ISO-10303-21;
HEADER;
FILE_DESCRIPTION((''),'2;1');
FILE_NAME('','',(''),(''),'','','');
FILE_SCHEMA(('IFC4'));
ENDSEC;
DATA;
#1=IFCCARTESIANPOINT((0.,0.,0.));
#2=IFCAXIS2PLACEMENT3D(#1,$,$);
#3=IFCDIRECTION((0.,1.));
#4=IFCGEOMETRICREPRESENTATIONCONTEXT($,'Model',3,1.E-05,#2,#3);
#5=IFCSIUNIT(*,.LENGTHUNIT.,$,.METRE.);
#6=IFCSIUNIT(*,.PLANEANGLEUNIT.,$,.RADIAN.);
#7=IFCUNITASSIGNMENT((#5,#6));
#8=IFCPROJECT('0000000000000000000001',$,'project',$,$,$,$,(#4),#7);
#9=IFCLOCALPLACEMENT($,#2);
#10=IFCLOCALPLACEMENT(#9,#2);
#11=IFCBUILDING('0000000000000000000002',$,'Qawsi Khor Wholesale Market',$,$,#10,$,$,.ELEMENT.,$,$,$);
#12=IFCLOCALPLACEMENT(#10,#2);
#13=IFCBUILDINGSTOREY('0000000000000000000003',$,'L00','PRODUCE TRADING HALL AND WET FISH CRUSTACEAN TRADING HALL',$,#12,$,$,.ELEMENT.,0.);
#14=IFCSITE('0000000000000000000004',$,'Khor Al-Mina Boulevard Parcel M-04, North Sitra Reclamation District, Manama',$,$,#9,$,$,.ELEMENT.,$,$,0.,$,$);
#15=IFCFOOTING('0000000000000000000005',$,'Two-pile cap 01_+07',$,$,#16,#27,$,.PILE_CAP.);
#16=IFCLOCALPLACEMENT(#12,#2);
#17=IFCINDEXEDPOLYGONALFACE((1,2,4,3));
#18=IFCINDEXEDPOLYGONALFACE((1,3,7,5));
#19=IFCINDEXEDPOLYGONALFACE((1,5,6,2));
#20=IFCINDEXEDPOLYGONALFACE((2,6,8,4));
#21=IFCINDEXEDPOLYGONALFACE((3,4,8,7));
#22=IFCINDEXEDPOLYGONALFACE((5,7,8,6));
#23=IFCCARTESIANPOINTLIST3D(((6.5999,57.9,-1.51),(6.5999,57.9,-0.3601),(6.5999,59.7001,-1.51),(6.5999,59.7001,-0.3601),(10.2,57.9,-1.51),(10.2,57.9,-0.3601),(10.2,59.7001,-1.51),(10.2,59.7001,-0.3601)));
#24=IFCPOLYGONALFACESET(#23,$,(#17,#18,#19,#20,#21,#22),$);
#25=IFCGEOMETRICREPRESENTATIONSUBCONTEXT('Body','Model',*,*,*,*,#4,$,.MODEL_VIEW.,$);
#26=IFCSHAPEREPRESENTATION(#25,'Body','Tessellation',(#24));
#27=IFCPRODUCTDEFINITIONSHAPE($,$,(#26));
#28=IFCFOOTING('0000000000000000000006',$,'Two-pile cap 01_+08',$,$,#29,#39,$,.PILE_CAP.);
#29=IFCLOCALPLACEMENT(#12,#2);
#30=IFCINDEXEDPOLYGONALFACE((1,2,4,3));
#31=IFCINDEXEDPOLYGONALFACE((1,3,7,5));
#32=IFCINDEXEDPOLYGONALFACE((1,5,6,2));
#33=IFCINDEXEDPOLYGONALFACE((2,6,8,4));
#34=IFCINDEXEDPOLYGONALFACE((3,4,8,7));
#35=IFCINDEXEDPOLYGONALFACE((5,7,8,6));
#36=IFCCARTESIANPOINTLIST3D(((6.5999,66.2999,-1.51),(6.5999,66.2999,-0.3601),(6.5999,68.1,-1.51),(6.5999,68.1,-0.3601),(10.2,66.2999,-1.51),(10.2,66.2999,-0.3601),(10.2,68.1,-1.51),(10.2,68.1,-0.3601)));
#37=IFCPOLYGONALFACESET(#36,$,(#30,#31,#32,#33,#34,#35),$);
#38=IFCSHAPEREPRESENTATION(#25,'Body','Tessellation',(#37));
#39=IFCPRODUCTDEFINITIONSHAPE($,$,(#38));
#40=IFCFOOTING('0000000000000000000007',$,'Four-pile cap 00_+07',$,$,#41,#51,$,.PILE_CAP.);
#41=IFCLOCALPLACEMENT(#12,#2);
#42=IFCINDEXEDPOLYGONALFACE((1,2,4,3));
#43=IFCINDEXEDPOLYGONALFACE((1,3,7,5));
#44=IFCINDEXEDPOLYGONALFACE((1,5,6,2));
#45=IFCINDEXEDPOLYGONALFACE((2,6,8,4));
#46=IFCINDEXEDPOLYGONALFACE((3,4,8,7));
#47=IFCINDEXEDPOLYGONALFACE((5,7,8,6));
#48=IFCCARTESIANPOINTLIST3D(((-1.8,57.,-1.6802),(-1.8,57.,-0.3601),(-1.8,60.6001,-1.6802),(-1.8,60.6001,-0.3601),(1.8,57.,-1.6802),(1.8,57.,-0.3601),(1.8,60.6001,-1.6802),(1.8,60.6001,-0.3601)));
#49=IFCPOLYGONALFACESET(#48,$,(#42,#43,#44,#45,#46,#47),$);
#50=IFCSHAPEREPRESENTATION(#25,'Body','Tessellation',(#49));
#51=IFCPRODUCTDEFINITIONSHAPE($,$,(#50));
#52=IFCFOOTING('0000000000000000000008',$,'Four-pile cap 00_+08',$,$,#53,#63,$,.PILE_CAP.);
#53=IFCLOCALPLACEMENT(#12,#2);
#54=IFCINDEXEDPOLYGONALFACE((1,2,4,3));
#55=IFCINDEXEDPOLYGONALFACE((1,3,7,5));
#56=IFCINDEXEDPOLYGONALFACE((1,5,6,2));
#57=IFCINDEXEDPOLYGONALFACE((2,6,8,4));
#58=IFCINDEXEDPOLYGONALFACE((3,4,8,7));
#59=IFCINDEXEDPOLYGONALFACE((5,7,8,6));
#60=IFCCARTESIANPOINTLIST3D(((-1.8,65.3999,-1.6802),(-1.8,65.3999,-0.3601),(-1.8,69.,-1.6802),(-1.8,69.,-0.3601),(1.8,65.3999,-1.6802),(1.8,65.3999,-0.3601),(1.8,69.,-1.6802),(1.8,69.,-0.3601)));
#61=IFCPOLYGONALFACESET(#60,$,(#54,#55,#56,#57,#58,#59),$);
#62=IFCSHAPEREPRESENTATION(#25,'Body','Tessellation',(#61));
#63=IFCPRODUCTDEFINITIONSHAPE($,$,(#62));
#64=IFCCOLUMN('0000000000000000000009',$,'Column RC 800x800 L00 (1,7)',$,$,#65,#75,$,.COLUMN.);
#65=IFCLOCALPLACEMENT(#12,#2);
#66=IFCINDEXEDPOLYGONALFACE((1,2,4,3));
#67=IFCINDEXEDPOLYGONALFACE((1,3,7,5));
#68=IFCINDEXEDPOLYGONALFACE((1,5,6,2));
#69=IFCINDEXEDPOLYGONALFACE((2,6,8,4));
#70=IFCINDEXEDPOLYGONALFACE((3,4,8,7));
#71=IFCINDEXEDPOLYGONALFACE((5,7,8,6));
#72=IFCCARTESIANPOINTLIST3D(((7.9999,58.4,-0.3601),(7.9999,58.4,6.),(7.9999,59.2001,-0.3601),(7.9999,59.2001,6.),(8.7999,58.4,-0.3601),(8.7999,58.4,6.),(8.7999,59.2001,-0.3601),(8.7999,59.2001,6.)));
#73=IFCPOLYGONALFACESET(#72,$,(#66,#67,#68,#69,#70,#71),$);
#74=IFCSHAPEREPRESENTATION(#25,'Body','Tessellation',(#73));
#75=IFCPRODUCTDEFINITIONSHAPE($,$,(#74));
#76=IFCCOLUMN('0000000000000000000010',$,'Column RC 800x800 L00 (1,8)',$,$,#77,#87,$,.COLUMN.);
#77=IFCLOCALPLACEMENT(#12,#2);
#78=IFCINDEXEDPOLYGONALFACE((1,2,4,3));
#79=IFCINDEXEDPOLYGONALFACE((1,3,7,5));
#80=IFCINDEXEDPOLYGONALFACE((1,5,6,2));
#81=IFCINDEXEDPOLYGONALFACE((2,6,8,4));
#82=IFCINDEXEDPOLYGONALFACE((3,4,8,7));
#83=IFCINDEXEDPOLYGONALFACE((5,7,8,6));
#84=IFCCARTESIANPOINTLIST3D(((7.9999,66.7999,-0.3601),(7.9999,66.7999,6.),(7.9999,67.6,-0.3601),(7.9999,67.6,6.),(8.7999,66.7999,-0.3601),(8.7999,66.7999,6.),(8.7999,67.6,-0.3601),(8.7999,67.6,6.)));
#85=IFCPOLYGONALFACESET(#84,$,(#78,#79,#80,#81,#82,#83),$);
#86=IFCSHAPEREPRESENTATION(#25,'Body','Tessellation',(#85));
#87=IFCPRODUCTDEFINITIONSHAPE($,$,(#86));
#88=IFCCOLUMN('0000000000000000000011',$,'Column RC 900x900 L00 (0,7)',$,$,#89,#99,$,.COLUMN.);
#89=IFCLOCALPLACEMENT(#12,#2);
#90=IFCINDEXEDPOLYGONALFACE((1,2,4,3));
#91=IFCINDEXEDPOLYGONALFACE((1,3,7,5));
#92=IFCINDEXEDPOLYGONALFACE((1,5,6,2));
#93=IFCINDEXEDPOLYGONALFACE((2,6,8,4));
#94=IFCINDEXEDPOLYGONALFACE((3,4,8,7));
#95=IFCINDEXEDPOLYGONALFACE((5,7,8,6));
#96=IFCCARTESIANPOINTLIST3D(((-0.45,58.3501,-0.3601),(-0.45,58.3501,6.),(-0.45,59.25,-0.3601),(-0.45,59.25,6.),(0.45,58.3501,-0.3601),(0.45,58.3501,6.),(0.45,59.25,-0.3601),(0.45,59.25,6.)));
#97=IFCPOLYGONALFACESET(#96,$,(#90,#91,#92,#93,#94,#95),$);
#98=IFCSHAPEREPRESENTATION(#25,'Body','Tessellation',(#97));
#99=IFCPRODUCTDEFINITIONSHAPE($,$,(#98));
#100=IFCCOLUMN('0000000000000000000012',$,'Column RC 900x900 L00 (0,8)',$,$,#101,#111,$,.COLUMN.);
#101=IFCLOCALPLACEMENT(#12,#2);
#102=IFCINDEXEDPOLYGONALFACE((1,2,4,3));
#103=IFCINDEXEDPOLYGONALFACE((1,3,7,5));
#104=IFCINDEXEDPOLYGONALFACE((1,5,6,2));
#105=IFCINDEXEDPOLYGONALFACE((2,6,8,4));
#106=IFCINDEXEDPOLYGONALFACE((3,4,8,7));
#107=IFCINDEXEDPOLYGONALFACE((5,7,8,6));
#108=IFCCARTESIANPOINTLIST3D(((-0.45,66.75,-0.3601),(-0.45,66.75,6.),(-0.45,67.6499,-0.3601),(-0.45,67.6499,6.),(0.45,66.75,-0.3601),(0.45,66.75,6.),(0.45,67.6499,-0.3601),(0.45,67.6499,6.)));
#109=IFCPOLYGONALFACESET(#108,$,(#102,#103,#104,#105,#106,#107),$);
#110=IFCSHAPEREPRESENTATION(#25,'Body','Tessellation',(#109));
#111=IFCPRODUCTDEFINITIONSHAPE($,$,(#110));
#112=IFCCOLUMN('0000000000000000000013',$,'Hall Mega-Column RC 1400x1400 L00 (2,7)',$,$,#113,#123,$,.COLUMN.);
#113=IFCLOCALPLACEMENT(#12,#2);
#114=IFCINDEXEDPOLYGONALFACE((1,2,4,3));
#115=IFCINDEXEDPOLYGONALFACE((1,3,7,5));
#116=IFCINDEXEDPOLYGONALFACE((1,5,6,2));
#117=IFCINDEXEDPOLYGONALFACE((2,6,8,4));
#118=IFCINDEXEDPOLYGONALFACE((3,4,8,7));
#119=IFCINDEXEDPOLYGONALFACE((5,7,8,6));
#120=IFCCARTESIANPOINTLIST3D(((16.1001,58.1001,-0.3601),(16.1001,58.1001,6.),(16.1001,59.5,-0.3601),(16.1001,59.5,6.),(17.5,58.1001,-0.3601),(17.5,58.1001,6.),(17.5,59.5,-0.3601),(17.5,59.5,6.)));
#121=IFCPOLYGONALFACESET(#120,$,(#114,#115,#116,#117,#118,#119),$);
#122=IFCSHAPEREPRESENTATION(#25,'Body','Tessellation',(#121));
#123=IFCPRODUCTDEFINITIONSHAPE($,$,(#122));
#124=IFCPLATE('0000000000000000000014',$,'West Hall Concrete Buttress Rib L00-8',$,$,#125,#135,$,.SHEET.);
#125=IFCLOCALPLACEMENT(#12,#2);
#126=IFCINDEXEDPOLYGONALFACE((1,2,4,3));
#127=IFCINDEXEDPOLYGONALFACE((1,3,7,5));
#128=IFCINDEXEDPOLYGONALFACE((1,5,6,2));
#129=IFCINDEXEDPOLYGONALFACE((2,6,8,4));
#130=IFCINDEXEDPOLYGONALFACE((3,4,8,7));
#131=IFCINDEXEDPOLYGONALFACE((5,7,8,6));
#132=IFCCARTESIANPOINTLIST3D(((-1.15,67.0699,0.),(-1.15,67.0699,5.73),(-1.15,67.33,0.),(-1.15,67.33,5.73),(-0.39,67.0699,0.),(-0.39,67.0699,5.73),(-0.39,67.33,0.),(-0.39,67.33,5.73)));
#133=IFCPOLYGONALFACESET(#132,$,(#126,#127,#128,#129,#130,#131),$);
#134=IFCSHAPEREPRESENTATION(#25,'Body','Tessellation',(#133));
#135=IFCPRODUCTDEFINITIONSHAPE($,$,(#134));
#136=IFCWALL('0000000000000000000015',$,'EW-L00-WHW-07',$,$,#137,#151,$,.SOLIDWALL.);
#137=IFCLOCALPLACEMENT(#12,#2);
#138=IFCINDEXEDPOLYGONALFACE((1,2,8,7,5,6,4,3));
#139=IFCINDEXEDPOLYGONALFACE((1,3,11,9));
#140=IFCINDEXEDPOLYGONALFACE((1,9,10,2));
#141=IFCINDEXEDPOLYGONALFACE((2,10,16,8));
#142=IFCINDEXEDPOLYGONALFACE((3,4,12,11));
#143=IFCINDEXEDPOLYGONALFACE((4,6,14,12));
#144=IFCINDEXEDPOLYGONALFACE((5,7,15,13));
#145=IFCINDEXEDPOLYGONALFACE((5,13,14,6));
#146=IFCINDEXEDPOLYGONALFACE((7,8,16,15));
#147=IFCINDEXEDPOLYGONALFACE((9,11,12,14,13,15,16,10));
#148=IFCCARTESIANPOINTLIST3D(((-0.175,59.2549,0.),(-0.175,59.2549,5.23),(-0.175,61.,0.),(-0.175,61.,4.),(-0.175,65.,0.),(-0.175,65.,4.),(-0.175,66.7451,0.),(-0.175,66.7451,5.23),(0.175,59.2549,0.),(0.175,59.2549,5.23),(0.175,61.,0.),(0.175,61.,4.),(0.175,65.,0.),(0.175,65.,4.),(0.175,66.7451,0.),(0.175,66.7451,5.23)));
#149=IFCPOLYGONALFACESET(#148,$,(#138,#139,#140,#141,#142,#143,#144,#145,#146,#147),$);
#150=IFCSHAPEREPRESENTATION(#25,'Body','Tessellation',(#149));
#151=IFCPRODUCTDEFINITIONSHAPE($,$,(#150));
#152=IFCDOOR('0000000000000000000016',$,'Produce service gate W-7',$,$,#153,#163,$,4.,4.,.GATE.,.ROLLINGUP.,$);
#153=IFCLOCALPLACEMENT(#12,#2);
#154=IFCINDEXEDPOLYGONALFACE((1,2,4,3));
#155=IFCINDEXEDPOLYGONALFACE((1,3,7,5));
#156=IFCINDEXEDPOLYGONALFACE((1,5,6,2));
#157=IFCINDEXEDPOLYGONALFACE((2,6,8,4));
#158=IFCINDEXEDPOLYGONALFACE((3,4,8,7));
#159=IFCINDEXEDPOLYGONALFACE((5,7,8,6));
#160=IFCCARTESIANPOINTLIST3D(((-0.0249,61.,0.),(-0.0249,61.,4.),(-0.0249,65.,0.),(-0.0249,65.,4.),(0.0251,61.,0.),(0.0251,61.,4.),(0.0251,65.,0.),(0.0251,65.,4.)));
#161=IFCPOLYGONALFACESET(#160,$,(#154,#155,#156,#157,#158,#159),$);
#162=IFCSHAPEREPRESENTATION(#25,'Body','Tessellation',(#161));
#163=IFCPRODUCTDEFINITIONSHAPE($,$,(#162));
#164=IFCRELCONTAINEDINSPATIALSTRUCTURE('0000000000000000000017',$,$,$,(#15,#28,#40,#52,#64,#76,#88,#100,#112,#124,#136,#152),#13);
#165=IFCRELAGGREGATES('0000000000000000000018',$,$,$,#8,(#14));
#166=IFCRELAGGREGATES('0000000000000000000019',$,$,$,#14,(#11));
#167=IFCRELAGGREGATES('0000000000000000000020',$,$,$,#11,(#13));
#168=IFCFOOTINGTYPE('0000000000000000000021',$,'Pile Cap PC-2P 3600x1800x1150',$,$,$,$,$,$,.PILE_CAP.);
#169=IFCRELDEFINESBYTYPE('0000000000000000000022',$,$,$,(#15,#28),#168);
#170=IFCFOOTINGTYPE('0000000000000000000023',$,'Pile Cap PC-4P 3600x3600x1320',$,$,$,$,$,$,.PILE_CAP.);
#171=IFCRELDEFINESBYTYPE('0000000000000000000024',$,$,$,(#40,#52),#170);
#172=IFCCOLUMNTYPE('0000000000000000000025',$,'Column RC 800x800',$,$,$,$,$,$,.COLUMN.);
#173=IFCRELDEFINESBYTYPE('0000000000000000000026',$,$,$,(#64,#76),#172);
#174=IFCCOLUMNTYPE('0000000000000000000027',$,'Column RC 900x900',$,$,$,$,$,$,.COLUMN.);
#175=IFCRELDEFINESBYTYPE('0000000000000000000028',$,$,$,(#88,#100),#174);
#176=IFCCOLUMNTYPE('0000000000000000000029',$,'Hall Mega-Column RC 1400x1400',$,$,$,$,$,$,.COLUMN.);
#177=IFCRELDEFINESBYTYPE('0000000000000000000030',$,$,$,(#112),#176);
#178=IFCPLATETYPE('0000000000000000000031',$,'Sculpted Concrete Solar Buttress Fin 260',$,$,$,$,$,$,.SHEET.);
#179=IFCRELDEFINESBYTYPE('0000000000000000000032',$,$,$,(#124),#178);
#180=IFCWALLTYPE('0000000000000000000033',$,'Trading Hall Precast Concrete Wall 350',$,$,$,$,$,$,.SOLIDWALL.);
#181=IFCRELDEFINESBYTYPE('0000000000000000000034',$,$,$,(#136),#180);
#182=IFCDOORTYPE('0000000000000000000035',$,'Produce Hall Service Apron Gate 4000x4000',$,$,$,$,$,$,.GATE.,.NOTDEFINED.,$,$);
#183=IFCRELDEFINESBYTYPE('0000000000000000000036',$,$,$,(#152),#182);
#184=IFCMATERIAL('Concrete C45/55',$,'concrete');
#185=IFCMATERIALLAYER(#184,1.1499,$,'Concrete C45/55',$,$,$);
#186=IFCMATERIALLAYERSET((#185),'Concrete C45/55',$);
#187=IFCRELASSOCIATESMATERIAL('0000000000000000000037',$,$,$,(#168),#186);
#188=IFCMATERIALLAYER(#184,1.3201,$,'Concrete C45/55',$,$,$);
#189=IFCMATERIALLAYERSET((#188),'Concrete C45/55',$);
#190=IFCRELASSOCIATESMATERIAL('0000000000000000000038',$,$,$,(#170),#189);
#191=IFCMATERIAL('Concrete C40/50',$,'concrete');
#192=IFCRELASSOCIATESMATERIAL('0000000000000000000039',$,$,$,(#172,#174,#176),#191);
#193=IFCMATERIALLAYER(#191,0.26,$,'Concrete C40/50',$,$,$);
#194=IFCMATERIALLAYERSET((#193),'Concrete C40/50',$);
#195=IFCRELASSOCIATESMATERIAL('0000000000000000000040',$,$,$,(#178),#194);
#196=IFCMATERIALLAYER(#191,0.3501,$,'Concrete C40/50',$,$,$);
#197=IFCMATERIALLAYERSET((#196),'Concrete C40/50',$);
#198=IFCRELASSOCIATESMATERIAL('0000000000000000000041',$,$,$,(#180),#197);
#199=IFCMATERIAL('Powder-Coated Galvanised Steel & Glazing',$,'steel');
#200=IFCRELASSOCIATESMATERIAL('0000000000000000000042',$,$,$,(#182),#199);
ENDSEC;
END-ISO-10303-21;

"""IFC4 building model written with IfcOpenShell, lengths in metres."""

from ifc_helpers import new_model, si_unit, direction, frame, frame_2d, origin, origin_2d, place, context, subcontext, project, spatial, rectangle, extrude, material, layer, layer_set, material_profile, profile_set, type_object, element, fill, save


model = new_model("IFC4")

# Units and contexts
model_context = context("Model", 3, precision=1e-05, world=origin(), true_north=direction((0.0, 1.0)))
body_context = subcontext(model_context, "Body", "Model", "MODEL_VIEW")
ifc_project = project(units=[si_unit("LENGTHUNIT", "METRE"), si_unit("PLANEANGLEUNIT", "RADIAN")], contexts=[model_context])

# Site, building, storey
site_placement = place(None, origin())
site = spatial("IfcSite", under=ifc_project, at=site_placement, Name="Khor Al-Mina Boulevard Parcel M-04, North Sitra Reclamation District, Manama", CompositionType="ELEMENT", RefElevation=0.0)
building_placement = place(site_placement, origin())
building = spatial("IfcBuilding", under=site, at=building_placement, Name="Qawsi Khor Wholesale Market", CompositionType="ELEMENT")
storey_placement = place(building_placement, origin())
storey = spatial("IfcBuildingStorey", under=building, at=storey_placement, Name="L00", Description="PRODUCE TRADING HALL AND WET FISH CRUSTACEAN TRADING HALL", CompositionType="ELEMENT", Elevation=0.0)

# Shared definitions
ifc_material_1 = material(Name="Concrete C45/55", Category="concrete")

# Footings
ifc_layer_1 = layer(ifc_material_1, 1.1499, Name="Concrete C45/55")
ifc_layer_set_1 = layer_set([ifc_layer_1], Name="Concrete C45/55")
footing_type_1 = type_object("IfcFootingType", Name="Pile Cap PC-2P 3600x1800x1150", PredefinedType="PILE_CAP", material=ifc_layer_set_1)
for number, where, z_axis, x_axis, name in (
    (1, (8.3999, 58.8, -1.51), (0.0, 0.0, 1.0), (1.0, 0.0, 0.0), "Two-pile cap 01_+07"),
    (2, (8.3999, 67.2, -1.51), (0.0, 0.0, 1.0), (1.0, 0.0, 0.0), "Two-pile cap 01_+08"),
):
    element("IfcFooting", number, at=place(storey_placement, frame(where, z_axis=z_axis, x_axis=x_axis)), inside=storey, type_object=footing_type_1, Name=name, PredefinedType="PILE_CAP", context=body_context, shape_type="SweptSolid", body=[
        extrude(rectangle(XDim=3.6001, YDim=1.8, at=origin_2d()), origin(), (0.0, 0.0, 1.0), 1.1499),
    ])
ifc_layer_2 = layer(ifc_material_1, 1.3201, Name="Concrete C45/55")
ifc_layer_set_2 = layer_set([ifc_layer_2], Name="Concrete C45/55")
footing_type_2 = type_object("IfcFootingType", Name="Pile Cap PC-4P 3600x3600x1320", PredefinedType="PILE_CAP", material=ifc_layer_set_2)
for number, where, z_axis, x_axis, name in (
    (3, (0.0, 58.8, -1.6802), (0.0, 0.0, 1.0), (1.0, 0.0, 0.0), "Four-pile cap 00_+07"),
    (4, (0.0, 67.2, -1.6802), (0.0, 0.0, 1.0), (1.0, 0.0, 0.0), "Four-pile cap 00_+08"),
):
    element("IfcFooting", number, at=place(storey_placement, frame(where, z_axis=z_axis, x_axis=x_axis)), inside=storey, type_object=footing_type_2, Name=name, PredefinedType="PILE_CAP", context=body_context, shape_type="SweptSolid", body=[
        extrude(rectangle(XDim=3.6001, YDim=3.6001, at=origin_2d()), origin(), (0.0, 0.0, 1.0), 1.3201),
    ])

# Columns
ifc_material_2 = material(Name="Concrete C40/50", Category="concrete")
ifc_material_profile_1 = material_profile(ifc_material_2, rectangle(XDim=0.8, YDim=0.8, at=origin_2d()), Name="RC 800x800")
ifc_profile_set_1 = profile_set([ifc_material_profile_1], Name="Concrete C40/50")
column_type_1 = type_object("IfcColumnType", Name="Column RC 800x800", PredefinedType="COLUMN", material=ifc_profile_set_1)
for number, where, z_axis, x_axis, name in (
    (5, (8.3999, 58.8, -0.3601), (0.0, 0.0, 1.0), (1.0, 0.0, 0.0), "Column RC 800x800 L00 (1,7)"),
    (6, (8.3999, 67.2, -0.3601), (0.0, 0.0, 1.0), (1.0, 0.0, 0.0), "Column RC 800x800 L00 (1,8)"),
):
    element("IfcColumn", number, at=place(storey_placement, frame(where, z_axis=z_axis, x_axis=x_axis)), inside=storey, type_object=column_type_1, Name=name, PredefinedType="COLUMN", context=body_context, shape_type="SweptSolid", body=[
        extrude(rectangle(XDim=0.8, YDim=0.8, at=origin_2d()), origin(), (0.0, 0.0, 1.0), 6.3601),
    ])
ifc_material_profile_2 = material_profile(ifc_material_2, rectangle(XDim=0.8999, YDim=0.8999, at=origin_2d()), Name="RC 900x900")
ifc_profile_set_2 = profile_set([ifc_material_profile_2], Name="Concrete C40/50")
column_type_2 = type_object("IfcColumnType", Name="Column RC 900x900", PredefinedType="COLUMN", material=ifc_profile_set_2)
for number, where, z_axis, x_axis, name in (
    (7, (0.0, 58.8, -0.3601), (0.0, 0.0, 1.0), (1.0, 0.0, 0.0), "Column RC 900x900 L00 (0,7)"),
    (8, (0.0, 67.2, -0.3601), (0.0, 0.0, 1.0), (1.0, 0.0, 0.0), "Column RC 900x900 L00 (0,8)"),
):
    element("IfcColumn", number, at=place(storey_placement, frame(where, z_axis=z_axis, x_axis=x_axis)), inside=storey, type_object=column_type_2, Name=name, PredefinedType="COLUMN", context=body_context, shape_type="SweptSolid", body=[
        extrude(rectangle(XDim=0.8999, YDim=0.8999, at=origin_2d()), origin(), (0.0, 0.0, 1.0), 6.3601),
    ])
ifc_material_profile_3 = material_profile(ifc_material_2, rectangle(XDim=1.3999, YDim=1.3999, at=origin_2d()), Name="RC 1400x1400")
ifc_profile_set_3 = profile_set([ifc_material_profile_3], Name="Concrete C40/50")
column_type_3 = type_object("IfcColumnType", Name="Hall Mega-Column RC 1400x1400", PredefinedType="COLUMN", material=ifc_profile_set_3)
column_placement = place(storey_placement, frame((16.8, 58.8, -0.3601), z_axis=(0.0, 0.0, 1.0), x_axis=(1.0, 0.0, 0.0)))
element("IfcColumn", 9, at=column_placement, inside=storey, type_object=column_type_3, Name="Hall Mega-Column RC 1400x1400 L00 (2,7)", PredefinedType="COLUMN", context=body_context, shape_type="SweptSolid", body=[
    extrude(rectangle(XDim=1.3999, YDim=1.3999, at=origin_2d()), origin(), (0.0, 0.0, 1.0), 6.3601),
])

# Plate
ifc_layer_3 = layer(ifc_material_2, 0.26, Name="Concrete C40/50")
ifc_layer_set_3 = layer_set([ifc_layer_3], Name="Concrete C40/50")
plate_type = type_object("IfcPlateType", Name="Sculpted Concrete Solar Buttress Fin 260", PredefinedType="SHEET", material=ifc_layer_set_3)
plate_placement = place(storey_placement, frame((-1.1499, 67.2, 0.0), z_axis=(0.0, 0.0, 1.0), x_axis=(1.0, 0.0, 0.0)))
element("IfcPlate", 10, at=plate_placement, inside=storey, type_object=plate_type, Name="West Hall Concrete Buttress Rib L00-8", PredefinedType="SHEET", context=body_context, shape_type="SweptSolid", body=[
    extrude(rectangle(XDim=0.76, YDim=0.26, at=frame_2d((0.3799, 0.0))), origin(), (0.0, 0.0, 1.0), 5.73),
])

# Wall, opening, door
ifc_layer_4 = layer(ifc_material_2, 0.3501, Name="Concrete C40/50")
ifc_layer_set_4 = layer_set([ifc_layer_4], Name="Concrete C40/50")
wall_type = type_object("IfcWallType", Name="Trading Hall Precast Concrete Wall 350", PredefinedType="SOLIDWALL", material=ifc_layer_set_4)
wall_placement = place(storey_placement, frame((0.0, 59.2549, 0.0), z_axis=(0.0, 0.0, 1.0), x_axis=(0.0, 1.0, 0.0)))
wall = element("IfcWall", 11, at=wall_placement, inside=storey, type_object=wall_type, Name="EW-L00-WHW-07", PredefinedType="SOLIDWALL", context=body_context, shape_type="SweptSolid", body=[
    extrude(rectangle(XDim=7.4902, YDim=0.3501, at=frame_2d((3.7451, 0.0))), origin(), (0.0, 0.0, 1.0), 5.23),
])
opening_placement = place(wall_placement, frame((1.7451, 0.0, 0.0)))
opening = element("IfcOpeningElement", 12, at=opening_placement, cuts=wall, PredefinedType="OPENING", context=body_context, shape_type="SweptSolid", body=[
    extrude(rectangle(XDim=4.0, YDim=4.0, at=frame_2d((2.0, 2.0))), frame((0.0, 0.1851, 0.0), z_axis=(0.0, -1.0, 0.0), x_axis=(1.0, 0.0, 0.0)), (0.0, 0.0, 1.0), 0.3701),
])
ifc_material_3 = material(Name="Powder-Coated Galvanised Steel & Glazing", Category="steel")
door_type = type_object("IfcDoorType", Name="Produce Hall Service Apron Gate 4000x4000", OperationType="NOTDEFINED", PredefinedType="GATE", material=ifc_material_3)
door_placement = place(opening_placement, origin())
door = element("IfcDoor", 13, at=door_placement, inside=storey, type_object=door_type, Name="Produce service gate W-7", OperationType="ROLLINGUP", OverallHeight=4.0, OverallWidth=4.0, PredefinedType="GATE", context=body_context, shape_type="SweptSolid", body=[
    extrude(rectangle(XDim=4.0, YDim=4.0, at=frame_2d((2.0, 2.0))), frame((0.0, 0.0249, 0.0), z_axis=(0.0, -1.0, 0.0), x_axis=(1.0, 0.0, 0.0)), (0.0, 0.0, 1.0), 0.05),
])
fill(opening, door)

save(model, "model.ifc")
